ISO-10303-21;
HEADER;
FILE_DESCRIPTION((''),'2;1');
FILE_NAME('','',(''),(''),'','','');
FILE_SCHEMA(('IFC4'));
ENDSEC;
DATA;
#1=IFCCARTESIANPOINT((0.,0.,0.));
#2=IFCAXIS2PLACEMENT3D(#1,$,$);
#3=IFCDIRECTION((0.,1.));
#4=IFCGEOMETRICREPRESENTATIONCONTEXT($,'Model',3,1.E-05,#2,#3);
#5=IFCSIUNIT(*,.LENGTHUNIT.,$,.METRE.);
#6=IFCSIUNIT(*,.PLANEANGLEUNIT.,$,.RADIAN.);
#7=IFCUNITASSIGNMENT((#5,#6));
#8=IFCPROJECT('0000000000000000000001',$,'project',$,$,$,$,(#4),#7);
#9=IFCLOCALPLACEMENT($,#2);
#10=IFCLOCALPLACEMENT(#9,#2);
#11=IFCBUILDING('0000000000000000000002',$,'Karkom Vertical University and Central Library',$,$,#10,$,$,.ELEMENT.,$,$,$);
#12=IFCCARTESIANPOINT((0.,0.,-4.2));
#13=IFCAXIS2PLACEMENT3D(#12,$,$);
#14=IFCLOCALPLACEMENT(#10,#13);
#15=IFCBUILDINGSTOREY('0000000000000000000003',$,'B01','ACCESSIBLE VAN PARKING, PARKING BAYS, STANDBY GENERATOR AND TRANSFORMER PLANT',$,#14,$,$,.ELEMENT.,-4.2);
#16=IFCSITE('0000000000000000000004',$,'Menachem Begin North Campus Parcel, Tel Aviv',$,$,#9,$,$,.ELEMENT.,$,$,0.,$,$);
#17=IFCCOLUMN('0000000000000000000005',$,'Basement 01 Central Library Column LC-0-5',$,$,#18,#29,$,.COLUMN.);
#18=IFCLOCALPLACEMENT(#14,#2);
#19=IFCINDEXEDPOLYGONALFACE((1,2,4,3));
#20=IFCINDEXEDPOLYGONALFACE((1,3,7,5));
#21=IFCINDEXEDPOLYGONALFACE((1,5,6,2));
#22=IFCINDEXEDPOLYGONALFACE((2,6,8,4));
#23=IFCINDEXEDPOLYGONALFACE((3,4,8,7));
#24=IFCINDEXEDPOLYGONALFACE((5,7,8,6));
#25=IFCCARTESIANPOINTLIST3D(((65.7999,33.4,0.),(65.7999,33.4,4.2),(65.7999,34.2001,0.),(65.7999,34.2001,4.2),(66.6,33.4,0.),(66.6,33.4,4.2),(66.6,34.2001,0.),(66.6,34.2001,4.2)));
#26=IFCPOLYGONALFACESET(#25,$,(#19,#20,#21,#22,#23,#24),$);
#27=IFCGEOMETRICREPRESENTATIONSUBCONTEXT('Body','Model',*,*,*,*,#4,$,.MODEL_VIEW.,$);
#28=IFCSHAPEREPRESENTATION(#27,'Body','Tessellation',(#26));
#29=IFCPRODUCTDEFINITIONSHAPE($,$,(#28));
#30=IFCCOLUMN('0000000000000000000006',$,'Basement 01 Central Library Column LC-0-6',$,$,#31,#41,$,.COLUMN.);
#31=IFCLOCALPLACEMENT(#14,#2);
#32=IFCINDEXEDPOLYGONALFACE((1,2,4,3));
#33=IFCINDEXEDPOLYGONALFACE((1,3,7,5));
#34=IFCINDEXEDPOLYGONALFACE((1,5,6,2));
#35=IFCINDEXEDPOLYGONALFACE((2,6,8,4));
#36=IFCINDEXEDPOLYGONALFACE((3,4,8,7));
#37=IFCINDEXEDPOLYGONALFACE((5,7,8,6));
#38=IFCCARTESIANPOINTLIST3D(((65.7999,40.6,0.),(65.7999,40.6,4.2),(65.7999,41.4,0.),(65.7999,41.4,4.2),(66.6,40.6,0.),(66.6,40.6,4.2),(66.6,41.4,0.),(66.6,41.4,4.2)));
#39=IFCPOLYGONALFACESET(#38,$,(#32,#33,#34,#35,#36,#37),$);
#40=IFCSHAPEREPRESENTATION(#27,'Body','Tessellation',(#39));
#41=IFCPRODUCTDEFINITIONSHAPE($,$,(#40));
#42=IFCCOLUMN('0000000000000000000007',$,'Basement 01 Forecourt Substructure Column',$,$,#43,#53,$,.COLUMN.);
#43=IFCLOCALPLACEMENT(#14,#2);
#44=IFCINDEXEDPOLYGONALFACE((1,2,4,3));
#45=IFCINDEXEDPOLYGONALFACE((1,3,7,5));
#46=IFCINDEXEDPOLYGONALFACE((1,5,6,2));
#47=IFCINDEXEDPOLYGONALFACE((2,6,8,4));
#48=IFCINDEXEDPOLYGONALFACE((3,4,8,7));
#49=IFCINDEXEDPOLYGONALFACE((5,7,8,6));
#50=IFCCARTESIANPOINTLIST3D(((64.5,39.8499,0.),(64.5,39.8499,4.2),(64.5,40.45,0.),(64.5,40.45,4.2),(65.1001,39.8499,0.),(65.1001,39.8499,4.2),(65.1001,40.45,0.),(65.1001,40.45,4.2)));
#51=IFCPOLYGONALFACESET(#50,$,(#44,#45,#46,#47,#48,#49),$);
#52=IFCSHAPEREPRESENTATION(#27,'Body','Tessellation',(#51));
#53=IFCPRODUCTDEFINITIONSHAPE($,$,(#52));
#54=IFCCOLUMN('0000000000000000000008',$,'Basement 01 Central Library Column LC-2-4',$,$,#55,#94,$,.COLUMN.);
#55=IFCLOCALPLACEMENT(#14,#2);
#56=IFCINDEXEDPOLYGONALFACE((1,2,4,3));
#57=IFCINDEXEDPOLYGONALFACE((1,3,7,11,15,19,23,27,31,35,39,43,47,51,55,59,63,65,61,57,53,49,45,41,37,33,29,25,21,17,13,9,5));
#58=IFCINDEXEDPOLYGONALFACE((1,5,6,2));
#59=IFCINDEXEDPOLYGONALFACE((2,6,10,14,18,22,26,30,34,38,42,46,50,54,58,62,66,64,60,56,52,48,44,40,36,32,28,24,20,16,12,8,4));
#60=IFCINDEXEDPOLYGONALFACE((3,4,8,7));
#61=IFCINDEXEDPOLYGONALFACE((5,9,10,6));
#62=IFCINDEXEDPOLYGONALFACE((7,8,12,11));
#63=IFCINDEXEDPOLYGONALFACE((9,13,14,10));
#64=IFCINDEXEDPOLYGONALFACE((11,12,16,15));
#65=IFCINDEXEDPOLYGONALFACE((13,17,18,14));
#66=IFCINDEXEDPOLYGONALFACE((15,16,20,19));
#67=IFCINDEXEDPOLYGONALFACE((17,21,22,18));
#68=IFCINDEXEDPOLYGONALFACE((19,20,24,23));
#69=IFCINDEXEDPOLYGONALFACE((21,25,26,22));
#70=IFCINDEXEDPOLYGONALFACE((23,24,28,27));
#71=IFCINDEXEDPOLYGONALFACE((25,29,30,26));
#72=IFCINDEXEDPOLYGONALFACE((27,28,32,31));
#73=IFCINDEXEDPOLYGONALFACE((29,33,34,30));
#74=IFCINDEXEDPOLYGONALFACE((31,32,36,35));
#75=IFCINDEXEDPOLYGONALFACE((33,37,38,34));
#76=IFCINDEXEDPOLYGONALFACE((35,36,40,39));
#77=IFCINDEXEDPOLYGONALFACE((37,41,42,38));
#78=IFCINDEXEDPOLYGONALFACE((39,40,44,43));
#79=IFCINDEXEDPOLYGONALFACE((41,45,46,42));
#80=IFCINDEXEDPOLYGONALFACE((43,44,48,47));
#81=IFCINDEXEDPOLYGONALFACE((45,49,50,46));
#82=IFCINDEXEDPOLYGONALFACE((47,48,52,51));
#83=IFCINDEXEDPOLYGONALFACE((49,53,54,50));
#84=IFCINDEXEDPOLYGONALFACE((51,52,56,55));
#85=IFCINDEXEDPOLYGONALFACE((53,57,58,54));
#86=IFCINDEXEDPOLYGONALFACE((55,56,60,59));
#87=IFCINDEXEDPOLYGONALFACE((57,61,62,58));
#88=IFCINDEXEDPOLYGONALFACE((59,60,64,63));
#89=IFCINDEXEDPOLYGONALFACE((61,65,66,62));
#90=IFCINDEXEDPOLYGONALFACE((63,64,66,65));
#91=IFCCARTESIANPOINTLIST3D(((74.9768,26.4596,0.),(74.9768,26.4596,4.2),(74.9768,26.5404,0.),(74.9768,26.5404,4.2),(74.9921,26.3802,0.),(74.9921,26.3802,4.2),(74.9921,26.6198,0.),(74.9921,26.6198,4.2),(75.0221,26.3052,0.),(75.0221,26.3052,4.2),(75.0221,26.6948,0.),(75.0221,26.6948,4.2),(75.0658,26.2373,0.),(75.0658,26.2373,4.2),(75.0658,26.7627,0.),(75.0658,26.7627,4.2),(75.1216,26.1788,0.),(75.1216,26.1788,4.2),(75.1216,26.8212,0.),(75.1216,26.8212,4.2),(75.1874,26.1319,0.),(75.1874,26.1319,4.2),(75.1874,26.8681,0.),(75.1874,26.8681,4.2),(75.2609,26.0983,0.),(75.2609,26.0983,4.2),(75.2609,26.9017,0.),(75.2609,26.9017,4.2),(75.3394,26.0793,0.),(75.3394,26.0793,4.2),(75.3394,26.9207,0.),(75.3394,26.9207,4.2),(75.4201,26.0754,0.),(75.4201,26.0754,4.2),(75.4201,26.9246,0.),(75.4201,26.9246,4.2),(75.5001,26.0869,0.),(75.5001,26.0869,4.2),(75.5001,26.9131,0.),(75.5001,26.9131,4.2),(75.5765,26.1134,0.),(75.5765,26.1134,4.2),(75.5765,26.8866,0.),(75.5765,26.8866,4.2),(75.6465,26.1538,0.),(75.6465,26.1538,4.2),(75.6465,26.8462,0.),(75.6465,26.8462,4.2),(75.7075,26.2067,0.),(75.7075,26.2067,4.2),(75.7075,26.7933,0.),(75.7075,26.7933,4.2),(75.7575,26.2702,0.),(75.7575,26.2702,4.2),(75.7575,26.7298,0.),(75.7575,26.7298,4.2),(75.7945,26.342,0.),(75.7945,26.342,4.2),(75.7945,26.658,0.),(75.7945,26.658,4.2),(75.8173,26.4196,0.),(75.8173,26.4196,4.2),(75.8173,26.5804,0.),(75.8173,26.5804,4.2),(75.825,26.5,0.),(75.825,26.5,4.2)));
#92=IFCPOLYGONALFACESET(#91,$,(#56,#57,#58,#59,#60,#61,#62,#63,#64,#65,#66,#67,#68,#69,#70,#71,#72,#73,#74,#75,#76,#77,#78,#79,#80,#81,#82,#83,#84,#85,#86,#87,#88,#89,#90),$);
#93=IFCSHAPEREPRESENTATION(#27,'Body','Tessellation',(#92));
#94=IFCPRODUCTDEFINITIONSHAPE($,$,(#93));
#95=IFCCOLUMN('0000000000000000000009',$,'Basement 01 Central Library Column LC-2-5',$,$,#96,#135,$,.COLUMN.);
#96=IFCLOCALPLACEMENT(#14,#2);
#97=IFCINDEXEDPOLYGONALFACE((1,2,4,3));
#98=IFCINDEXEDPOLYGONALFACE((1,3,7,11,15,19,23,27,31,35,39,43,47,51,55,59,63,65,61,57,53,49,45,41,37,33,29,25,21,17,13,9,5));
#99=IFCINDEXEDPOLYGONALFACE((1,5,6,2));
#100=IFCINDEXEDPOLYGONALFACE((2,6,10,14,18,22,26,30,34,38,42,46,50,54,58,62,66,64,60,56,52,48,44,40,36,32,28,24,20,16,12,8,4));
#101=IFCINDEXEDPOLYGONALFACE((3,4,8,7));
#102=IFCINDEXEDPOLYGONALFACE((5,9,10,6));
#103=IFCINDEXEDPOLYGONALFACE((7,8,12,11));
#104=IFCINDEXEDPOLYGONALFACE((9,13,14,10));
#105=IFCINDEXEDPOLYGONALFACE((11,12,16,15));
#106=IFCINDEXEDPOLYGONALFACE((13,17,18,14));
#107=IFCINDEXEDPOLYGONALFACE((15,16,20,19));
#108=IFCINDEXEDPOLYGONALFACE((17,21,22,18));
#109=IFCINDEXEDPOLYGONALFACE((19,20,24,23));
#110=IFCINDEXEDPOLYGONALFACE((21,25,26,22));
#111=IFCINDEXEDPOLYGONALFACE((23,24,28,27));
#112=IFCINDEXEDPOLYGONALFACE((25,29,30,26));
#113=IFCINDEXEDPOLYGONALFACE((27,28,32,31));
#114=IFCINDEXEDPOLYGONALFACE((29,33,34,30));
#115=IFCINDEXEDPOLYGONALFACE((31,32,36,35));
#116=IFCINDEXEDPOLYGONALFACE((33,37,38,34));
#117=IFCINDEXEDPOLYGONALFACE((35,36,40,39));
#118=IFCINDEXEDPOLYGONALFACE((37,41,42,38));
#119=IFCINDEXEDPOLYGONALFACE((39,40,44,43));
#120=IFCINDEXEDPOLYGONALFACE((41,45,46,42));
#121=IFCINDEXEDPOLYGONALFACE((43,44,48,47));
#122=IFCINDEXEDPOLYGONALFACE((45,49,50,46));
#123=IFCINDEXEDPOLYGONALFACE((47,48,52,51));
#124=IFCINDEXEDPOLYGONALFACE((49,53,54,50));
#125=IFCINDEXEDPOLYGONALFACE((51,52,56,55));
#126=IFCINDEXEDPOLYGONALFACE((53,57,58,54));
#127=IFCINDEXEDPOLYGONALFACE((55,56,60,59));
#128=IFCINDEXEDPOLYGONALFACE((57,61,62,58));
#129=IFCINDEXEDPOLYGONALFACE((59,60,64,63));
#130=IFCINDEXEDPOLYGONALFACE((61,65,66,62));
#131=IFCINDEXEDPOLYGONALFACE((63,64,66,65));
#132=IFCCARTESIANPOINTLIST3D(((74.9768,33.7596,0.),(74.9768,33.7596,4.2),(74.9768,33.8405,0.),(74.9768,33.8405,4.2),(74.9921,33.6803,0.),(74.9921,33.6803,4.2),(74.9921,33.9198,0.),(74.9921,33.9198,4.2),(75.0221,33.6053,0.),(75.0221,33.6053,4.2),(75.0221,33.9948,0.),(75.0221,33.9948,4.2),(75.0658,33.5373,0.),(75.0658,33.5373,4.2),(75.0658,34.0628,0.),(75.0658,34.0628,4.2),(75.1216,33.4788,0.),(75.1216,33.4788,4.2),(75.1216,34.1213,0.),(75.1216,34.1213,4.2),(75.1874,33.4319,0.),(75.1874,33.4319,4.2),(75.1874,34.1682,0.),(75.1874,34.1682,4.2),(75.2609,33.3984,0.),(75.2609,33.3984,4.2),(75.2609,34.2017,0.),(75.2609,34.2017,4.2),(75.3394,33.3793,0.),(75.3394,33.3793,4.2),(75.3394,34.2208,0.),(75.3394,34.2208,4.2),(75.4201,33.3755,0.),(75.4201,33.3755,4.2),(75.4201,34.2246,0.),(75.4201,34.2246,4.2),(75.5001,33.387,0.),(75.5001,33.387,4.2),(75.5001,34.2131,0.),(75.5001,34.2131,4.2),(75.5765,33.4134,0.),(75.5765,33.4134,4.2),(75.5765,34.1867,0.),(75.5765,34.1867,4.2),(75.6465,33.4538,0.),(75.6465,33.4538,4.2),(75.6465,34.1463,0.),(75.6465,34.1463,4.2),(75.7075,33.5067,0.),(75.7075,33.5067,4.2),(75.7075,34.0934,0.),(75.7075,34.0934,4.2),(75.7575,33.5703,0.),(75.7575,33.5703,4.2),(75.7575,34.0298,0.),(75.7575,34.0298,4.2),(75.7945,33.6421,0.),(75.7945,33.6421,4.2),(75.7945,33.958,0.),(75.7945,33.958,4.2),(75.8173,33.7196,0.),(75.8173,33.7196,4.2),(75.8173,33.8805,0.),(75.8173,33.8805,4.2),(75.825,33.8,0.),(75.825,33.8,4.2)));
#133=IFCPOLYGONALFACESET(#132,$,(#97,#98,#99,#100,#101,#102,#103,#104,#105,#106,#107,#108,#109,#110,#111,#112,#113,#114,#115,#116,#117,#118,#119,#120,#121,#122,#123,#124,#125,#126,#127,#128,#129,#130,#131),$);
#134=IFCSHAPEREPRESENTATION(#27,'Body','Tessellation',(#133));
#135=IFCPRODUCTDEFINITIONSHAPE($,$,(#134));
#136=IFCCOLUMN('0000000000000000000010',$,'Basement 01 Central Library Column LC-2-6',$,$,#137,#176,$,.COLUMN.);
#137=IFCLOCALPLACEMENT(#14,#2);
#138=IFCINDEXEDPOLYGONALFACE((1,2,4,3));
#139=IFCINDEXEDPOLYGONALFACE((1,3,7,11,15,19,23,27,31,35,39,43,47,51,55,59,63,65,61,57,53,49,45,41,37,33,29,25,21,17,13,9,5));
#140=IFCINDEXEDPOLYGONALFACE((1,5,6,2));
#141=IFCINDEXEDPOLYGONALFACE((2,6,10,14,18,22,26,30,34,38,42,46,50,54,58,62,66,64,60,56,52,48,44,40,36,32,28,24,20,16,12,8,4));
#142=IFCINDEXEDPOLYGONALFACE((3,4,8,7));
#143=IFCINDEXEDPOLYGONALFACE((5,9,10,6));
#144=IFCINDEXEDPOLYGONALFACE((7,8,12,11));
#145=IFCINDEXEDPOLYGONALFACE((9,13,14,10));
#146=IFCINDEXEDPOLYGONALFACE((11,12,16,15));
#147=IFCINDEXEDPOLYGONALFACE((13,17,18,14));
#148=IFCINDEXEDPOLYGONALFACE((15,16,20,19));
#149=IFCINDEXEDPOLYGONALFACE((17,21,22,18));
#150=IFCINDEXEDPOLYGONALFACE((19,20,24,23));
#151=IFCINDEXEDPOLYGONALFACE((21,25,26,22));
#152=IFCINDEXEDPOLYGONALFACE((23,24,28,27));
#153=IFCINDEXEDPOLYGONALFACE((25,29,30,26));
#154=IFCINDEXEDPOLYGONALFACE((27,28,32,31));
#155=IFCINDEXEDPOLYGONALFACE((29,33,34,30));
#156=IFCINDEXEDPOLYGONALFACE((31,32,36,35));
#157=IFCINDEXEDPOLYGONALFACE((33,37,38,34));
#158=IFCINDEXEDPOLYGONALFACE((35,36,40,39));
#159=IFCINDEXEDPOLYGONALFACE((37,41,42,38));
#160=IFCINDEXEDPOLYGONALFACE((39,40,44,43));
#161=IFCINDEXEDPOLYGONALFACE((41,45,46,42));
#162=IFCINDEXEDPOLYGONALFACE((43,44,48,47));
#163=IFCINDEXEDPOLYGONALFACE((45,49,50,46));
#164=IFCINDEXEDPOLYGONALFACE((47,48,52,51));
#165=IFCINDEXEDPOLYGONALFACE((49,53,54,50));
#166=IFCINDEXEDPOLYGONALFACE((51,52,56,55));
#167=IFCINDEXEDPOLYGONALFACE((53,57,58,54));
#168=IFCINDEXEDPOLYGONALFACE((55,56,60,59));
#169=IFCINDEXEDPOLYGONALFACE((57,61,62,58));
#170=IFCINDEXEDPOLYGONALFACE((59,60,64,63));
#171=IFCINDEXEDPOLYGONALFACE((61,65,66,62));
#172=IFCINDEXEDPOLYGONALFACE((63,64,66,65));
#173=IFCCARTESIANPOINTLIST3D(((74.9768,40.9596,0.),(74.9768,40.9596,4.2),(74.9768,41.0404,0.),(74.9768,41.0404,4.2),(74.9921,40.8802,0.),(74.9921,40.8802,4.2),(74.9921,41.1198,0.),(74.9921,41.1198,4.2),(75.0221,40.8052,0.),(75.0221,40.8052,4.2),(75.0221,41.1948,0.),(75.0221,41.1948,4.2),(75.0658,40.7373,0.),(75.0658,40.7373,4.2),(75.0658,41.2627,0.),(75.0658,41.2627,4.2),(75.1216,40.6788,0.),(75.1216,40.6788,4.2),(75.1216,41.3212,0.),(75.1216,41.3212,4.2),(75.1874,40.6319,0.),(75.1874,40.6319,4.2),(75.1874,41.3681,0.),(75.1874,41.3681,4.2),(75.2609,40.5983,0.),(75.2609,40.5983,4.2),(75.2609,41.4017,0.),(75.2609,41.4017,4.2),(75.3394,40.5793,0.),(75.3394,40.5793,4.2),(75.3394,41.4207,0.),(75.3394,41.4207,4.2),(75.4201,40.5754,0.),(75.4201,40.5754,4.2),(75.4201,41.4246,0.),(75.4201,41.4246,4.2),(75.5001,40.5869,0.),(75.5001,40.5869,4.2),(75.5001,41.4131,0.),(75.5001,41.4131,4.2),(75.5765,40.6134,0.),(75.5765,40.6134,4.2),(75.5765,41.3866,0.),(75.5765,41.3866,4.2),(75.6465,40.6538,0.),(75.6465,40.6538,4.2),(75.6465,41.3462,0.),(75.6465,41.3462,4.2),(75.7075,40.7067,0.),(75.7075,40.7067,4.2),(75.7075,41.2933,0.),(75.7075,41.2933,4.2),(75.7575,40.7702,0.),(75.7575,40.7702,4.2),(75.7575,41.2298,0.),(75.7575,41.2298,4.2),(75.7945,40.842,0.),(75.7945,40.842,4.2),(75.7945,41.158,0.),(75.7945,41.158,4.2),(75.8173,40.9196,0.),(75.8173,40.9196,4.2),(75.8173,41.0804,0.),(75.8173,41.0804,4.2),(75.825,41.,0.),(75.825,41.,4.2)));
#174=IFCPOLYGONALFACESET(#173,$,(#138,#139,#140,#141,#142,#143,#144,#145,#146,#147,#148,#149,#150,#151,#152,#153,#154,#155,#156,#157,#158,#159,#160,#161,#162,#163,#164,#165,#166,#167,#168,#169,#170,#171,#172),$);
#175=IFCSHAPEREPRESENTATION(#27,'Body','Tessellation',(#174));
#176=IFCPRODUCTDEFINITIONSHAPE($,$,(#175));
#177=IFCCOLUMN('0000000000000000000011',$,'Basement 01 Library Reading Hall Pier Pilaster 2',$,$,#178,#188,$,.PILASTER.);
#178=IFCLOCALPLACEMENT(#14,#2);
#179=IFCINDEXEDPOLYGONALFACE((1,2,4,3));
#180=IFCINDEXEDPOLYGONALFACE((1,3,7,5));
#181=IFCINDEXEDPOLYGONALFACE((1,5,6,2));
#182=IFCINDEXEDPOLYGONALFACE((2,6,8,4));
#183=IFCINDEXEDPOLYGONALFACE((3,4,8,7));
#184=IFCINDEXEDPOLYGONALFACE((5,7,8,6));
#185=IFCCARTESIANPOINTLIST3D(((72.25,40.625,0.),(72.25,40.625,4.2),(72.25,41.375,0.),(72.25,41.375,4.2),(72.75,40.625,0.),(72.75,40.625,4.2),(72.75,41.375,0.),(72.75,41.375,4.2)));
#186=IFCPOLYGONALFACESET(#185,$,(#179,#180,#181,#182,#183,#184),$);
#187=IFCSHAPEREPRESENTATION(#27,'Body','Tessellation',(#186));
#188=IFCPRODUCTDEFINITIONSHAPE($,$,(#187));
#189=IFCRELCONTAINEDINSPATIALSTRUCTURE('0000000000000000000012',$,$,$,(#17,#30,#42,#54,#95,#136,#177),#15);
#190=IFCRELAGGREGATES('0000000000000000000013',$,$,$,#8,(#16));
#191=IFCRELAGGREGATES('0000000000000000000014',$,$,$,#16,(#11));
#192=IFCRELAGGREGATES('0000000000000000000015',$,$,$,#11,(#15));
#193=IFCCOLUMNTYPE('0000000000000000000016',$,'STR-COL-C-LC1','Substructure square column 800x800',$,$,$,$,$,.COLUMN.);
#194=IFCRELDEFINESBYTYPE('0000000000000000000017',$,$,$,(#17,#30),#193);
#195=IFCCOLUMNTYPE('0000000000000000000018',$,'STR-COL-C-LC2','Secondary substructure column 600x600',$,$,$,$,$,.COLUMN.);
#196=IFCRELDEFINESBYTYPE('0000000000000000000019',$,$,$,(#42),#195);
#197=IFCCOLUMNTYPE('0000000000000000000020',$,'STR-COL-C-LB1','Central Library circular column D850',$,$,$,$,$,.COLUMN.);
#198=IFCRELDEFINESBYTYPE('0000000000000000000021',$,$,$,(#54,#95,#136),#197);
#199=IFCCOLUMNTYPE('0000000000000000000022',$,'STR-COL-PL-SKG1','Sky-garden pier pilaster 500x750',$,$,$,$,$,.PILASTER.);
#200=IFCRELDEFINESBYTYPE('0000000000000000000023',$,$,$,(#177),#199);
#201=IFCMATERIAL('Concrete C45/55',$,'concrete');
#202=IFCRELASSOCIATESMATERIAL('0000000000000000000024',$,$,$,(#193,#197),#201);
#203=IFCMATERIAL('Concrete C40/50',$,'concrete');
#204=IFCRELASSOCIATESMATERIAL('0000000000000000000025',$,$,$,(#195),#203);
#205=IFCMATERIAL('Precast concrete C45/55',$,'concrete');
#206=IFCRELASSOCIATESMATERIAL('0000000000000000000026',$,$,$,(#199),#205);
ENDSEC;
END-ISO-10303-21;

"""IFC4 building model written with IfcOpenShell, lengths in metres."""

from ifc_helpers import new_model, si_unit, direction, frame, origin, origin_with_axes, origin_2d, place, context, subcontext, project, spatial, rectangle, circle, extrude, source, transform, mapped, material, material_profile, profile_set, type_object, element, save


model = new_model("IFC4")

# Units and contexts
model_context = context("Model", 3, precision=1e-05, world=origin(), true_north=direction((0.0, 1.0)))
body_context = subcontext(model_context, "Body", "Model", "MODEL_VIEW")
ifc_project = project(units=[si_unit("LENGTHUNIT", "METRE"), si_unit("PLANEANGLEUNIT", "RADIAN")], contexts=[model_context])

# Site, building, storey
site_placement = place(None, origin())
site = spatial("IfcSite", under=ifc_project, at=site_placement, Name="Menachem Begin North Campus Parcel, Tel Aviv", CompositionType="ELEMENT", RefElevation=0.0)
building_placement = place(site_placement, origin())
building = spatial("IfcBuilding", under=site, at=building_placement, Name="Karkom Vertical University and Central Library", CompositionType="ELEMENT")
storey_placement = place(building_placement, frame((0.0, 0.0, -4.2)))
storey = spatial("IfcBuildingStorey", under=building, at=storey_placement, Name="B01", Description="ACCESSIBLE VAN PARKING, PARKING BAYS, STANDBY GENERATOR AND TRANSFORMER PLANT", CompositionType="ELEMENT", Elevation=-4.2)

# Columns
ifc_material_1 = material(Name="Concrete C40/50", Category="concrete")
ifc_material_2 = material(Name="Concrete C45/55", Category="concrete")
ifc_material_profile_1 = material_profile(ifc_material_2, rectangle(XDim=0.8, YDim=0.8, at=origin_2d()), Name="RC-800x800")
ifc_profile_set_1 = profile_set([ifc_material_profile_1], Name="Concrete C45/55")
column_type_1 = type_object("IfcColumnType", Name="STR-COL-C-LC1", Description="Substructure square column 800x800", PredefinedType="COLUMN", material=ifc_profile_set_1)
shared_shape_1 = source(origin_with_axes(), body_context, "Body", "SweptSolid", [
    extrude(rectangle(XDim=0.8, YDim=0.8, at=origin_2d()), origin(), (0.0, 0.0, 1.0), 4.2),
])
for number, where, z_axis, x_axis, name in (
    (1, (66.2, 33.8, 0.0), (0.0, 0.0, 1.0), (1.0, 0.0, 0.0), "Basement 01 Central Library Column LC-0-5"),
    (2, (66.2, 41.0, 0.0), (0.0, 0.0, 1.0), (1.0, 0.0, 0.0), "Basement 01 Central Library Column LC-0-6"),
):
    element("IfcColumn", number, at=place(storey_placement, frame(where, z_axis=z_axis, x_axis=x_axis)), inside=storey, type_object=column_type_1, Name=name, PredefinedType="COLUMN", context=body_context, shape_type="MappedRepresentation", body=[
        mapped(shared_shape_1, transform((0.0, 0.0, 0.0), scale=1.0)),
    ])
ifc_material_profile_2 = material_profile(ifc_material_1, rectangle(XDim=0.6001, YDim=0.6001, at=origin_2d()), Name="RC-600x600")
ifc_profile_set_2 = profile_set([ifc_material_profile_2], Name="Concrete C40/50")
column_type_2 = type_object("IfcColumnType", Name="STR-COL-C-LC2", Description="Secondary substructure column 600x600", PredefinedType="COLUMN", material=ifc_profile_set_2)
shared_shape_2 = source(origin_with_axes(), body_context, "Body", "SweptSolid", [
    extrude(rectangle(XDim=0.6001, YDim=0.6001, at=origin_2d()), origin(), (0.0, 0.0, 1.0), 4.2),
])
column_1_placement = place(storey_placement, frame((64.8, 40.1499, 0.0), z_axis=(0.0, 0.0, 1.0), x_axis=(1.0, 0.0, 0.0)))
element("IfcColumn", 3, at=column_1_placement, inside=storey, type_object=column_type_2, Name="Basement 01 Forecourt Substructure Column", PredefinedType="COLUMN", context=body_context, shape_type="MappedRepresentation", body=[
    mapped(shared_shape_2, transform((0.0, 0.0, 0.0), scale=1.0)),
])
ifc_material_profile_3 = material_profile(ifc_material_2, circle(Radius=0.425, at=origin_2d()), Name="RC-D850")
ifc_profile_set_3 = profile_set([ifc_material_profile_3], Name="Concrete C45/55")
column_type_3 = type_object("IfcColumnType", Name="STR-COL-C-LB1", Description="Central Library circular column D850", PredefinedType="COLUMN", material=ifc_profile_set_3)
shared_shape_3 = source(origin_with_axes(), body_context, "Body", "SweptSolid", [
    extrude(circle(Radius=0.425, at=origin_2d()), origin(), (0.0, 0.0, 1.0), 4.2),
])
for number, where, z_axis, x_axis, name in (
    (4, (75.3999, 26.5, 0.0), (0.0, 0.0, 1.0), (1.0, 0.0, 0.0), "Basement 01 Central Library Column LC-2-4"),
    (5, (75.3999, 33.8, 0.0), (0.0, 0.0, 1.0), (1.0, 0.0, 0.0), "Basement 01 Central Library Column LC-2-5"),
    (6, (75.3999, 41.0, 0.0), (0.0, 0.0, 1.0), (1.0, 0.0, 0.0), "Basement 01 Central Library Column LC-2-6"),
):
    element("IfcColumn", number, at=place(storey_placement, frame(where, z_axis=z_axis, x_axis=x_axis)), inside=storey, type_object=column_type_3, Name=name, PredefinedType="COLUMN", context=body_context, shape_type="MappedRepresentation", body=[
        mapped(shared_shape_3, transform((0.0, 0.0, 0.0), scale=1.0)),
    ])
ifc_material_3 = material(Name="Precast concrete C45/55", Category="concrete")
ifc_material_profile_4 = material_profile(ifc_material_3, rectangle(XDim=0.5, YDim=0.75, at=origin_2d()), Name="PIL-500x750")
ifc_profile_set_4 = profile_set([ifc_material_profile_4], Name="Precast concrete C45/55")
column_type_4 = type_object("IfcColumnType", Name="STR-COL-PL-SKG1", Description="Sky-garden pier pilaster 500x750", PredefinedType="PILASTER", material=ifc_profile_set_4)
shared_shape_4 = source(origin_with_axes(), body_context, "Body", "SweptSolid", [
    extrude(rectangle(XDim=0.5, YDim=0.75, at=origin_2d()), origin(), (0.0, 0.0, 1.0), 4.2),
])
column_2_placement = place(storey_placement, frame((72.5, 41.0, 0.0), z_axis=(0.0, 0.0, 1.0), x_axis=(1.0, 0.0, 0.0)))
element("IfcColumn", 7, at=column_2_placement, inside=storey, type_object=column_type_4, Name="Basement 01 Library Reading Hall Pier Pilaster 2", PredefinedType="PILASTER", context=body_context, shape_type="MappedRepresentation", body=[
    mapped(shared_shape_4, transform((0.0, 0.0, 0.0), scale=1.0)),
])

save(model, "model.ifc")
